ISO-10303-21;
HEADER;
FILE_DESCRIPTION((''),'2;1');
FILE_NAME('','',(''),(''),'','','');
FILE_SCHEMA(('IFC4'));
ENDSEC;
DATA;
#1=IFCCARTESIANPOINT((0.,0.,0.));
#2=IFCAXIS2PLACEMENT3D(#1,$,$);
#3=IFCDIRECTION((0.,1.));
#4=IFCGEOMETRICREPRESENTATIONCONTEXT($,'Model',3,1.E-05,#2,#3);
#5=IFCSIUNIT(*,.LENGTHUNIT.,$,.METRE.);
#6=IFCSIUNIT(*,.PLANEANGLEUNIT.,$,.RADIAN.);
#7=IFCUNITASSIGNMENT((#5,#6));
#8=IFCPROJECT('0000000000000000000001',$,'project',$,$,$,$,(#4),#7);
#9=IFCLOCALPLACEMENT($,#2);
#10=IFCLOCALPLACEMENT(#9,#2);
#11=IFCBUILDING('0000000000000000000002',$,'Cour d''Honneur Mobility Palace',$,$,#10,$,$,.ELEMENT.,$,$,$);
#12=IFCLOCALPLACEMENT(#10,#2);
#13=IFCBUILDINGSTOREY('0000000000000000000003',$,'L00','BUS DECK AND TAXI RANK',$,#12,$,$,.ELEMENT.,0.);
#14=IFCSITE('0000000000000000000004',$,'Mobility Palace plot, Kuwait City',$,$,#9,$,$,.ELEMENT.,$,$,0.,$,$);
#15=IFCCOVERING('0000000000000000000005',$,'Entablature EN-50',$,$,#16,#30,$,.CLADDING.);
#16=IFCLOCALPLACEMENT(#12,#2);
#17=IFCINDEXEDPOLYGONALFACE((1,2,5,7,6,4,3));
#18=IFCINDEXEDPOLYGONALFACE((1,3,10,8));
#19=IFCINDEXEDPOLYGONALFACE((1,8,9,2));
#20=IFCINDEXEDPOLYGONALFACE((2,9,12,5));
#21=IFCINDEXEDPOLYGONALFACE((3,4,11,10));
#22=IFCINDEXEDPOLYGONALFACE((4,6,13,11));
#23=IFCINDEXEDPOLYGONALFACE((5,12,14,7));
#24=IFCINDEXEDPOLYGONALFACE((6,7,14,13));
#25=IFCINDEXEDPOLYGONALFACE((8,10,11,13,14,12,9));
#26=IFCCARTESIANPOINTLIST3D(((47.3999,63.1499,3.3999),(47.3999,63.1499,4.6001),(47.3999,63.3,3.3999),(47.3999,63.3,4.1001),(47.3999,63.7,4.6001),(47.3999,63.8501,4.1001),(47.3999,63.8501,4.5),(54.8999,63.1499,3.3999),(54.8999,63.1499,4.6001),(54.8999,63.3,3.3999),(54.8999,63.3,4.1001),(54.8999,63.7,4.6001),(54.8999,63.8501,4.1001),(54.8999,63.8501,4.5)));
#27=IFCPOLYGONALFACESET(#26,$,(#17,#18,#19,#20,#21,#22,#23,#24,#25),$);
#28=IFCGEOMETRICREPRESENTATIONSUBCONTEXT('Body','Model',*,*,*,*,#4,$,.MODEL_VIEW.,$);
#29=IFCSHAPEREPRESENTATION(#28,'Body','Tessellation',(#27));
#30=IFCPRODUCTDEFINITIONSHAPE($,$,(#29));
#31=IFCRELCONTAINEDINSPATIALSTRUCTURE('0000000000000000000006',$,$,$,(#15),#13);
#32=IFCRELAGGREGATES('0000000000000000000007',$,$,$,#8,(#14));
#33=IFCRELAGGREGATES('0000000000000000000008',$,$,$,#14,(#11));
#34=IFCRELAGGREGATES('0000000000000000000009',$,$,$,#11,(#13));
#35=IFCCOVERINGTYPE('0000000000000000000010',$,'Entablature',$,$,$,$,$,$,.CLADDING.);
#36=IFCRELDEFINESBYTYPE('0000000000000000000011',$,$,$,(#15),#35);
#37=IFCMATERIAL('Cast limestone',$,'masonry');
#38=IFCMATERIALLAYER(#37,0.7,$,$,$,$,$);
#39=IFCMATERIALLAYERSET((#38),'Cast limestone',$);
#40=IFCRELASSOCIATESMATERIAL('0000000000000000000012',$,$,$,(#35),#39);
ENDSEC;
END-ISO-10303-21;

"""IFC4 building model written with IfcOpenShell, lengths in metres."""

from ifc_helpers import new_model, si_unit, direction, frame, origin, place, context, subcontext, project, spatial, polyline, outline, extrude, material, layer, layer_set, type_object, element, save


model = new_model("IFC4")

# Units and contexts
model_context = context("Model", 3, precision=1e-05, world=origin(), true_north=direction((0.0, 1.0)))
body_context = subcontext(model_context, "Body", "Model", "MODEL_VIEW")
ifc_project = project(units=[si_unit("LENGTHUNIT", "METRE"), si_unit("PLANEANGLEUNIT", "RADIAN")], contexts=[model_context])

# Site, building, storey
site_placement = place(None, origin())
site = spatial("IfcSite", under=ifc_project, at=site_placement, Name="Mobility Palace plot, Kuwait City", CompositionType="ELEMENT", RefElevation=0.0)
building_placement = place(site_placement, origin())
building = spatial("IfcBuilding", under=site, at=building_placement, Name="Cour d'Honneur Mobility Palace", CompositionType="ELEMENT")
storey_placement = place(building_placement, origin())
storey = spatial("IfcBuildingStorey", under=building, at=storey_placement, Name="L00", Description="BUS DECK AND TAXI RANK", CompositionType="ELEMENT", Elevation=0.0)

# Covering
ifc_material_1 = material(Name="Cast limestone", Category="masonry")
ifc_layer = layer(ifc_material_1, 0.7)
ifc_layer_set = layer_set([ifc_layer], Name="Cast limestone")
covering_type = type_object("IfcCoveringType", Name="Entablature", PredefinedType="CLADDING", material=ifc_layer_set)
for number, where, z_axis, x_axis, name in (
    (1, (54.8999, 63.1499, 3.3999), (1.0, 0.0, 0.0), (0.0, 1.0, 0.0), "Entablature EN-50"),
):
    element("IfcCovering", number, at=place(storey_placement, frame(where, z_axis=z_axis, x_axis=x_axis)), inside=storey, type_object=covering_type, Name=name, PredefinedType="CLADDING", context=body_context, shape_type="SweptSolid", body=[
        extrude(outline(polyline([(0.0, 0.0), (0.1501, 0.0), (0.1501, 0.7002), (0.7002, 0.7002), (0.7002, 1.1001), (0.55, 1.2002), (0.0, 1.2002), (0.0, 0.0)])), origin(), (0.0, 0.0, -1.0), 7.5),
    ])

save(model, "model.ifc")
